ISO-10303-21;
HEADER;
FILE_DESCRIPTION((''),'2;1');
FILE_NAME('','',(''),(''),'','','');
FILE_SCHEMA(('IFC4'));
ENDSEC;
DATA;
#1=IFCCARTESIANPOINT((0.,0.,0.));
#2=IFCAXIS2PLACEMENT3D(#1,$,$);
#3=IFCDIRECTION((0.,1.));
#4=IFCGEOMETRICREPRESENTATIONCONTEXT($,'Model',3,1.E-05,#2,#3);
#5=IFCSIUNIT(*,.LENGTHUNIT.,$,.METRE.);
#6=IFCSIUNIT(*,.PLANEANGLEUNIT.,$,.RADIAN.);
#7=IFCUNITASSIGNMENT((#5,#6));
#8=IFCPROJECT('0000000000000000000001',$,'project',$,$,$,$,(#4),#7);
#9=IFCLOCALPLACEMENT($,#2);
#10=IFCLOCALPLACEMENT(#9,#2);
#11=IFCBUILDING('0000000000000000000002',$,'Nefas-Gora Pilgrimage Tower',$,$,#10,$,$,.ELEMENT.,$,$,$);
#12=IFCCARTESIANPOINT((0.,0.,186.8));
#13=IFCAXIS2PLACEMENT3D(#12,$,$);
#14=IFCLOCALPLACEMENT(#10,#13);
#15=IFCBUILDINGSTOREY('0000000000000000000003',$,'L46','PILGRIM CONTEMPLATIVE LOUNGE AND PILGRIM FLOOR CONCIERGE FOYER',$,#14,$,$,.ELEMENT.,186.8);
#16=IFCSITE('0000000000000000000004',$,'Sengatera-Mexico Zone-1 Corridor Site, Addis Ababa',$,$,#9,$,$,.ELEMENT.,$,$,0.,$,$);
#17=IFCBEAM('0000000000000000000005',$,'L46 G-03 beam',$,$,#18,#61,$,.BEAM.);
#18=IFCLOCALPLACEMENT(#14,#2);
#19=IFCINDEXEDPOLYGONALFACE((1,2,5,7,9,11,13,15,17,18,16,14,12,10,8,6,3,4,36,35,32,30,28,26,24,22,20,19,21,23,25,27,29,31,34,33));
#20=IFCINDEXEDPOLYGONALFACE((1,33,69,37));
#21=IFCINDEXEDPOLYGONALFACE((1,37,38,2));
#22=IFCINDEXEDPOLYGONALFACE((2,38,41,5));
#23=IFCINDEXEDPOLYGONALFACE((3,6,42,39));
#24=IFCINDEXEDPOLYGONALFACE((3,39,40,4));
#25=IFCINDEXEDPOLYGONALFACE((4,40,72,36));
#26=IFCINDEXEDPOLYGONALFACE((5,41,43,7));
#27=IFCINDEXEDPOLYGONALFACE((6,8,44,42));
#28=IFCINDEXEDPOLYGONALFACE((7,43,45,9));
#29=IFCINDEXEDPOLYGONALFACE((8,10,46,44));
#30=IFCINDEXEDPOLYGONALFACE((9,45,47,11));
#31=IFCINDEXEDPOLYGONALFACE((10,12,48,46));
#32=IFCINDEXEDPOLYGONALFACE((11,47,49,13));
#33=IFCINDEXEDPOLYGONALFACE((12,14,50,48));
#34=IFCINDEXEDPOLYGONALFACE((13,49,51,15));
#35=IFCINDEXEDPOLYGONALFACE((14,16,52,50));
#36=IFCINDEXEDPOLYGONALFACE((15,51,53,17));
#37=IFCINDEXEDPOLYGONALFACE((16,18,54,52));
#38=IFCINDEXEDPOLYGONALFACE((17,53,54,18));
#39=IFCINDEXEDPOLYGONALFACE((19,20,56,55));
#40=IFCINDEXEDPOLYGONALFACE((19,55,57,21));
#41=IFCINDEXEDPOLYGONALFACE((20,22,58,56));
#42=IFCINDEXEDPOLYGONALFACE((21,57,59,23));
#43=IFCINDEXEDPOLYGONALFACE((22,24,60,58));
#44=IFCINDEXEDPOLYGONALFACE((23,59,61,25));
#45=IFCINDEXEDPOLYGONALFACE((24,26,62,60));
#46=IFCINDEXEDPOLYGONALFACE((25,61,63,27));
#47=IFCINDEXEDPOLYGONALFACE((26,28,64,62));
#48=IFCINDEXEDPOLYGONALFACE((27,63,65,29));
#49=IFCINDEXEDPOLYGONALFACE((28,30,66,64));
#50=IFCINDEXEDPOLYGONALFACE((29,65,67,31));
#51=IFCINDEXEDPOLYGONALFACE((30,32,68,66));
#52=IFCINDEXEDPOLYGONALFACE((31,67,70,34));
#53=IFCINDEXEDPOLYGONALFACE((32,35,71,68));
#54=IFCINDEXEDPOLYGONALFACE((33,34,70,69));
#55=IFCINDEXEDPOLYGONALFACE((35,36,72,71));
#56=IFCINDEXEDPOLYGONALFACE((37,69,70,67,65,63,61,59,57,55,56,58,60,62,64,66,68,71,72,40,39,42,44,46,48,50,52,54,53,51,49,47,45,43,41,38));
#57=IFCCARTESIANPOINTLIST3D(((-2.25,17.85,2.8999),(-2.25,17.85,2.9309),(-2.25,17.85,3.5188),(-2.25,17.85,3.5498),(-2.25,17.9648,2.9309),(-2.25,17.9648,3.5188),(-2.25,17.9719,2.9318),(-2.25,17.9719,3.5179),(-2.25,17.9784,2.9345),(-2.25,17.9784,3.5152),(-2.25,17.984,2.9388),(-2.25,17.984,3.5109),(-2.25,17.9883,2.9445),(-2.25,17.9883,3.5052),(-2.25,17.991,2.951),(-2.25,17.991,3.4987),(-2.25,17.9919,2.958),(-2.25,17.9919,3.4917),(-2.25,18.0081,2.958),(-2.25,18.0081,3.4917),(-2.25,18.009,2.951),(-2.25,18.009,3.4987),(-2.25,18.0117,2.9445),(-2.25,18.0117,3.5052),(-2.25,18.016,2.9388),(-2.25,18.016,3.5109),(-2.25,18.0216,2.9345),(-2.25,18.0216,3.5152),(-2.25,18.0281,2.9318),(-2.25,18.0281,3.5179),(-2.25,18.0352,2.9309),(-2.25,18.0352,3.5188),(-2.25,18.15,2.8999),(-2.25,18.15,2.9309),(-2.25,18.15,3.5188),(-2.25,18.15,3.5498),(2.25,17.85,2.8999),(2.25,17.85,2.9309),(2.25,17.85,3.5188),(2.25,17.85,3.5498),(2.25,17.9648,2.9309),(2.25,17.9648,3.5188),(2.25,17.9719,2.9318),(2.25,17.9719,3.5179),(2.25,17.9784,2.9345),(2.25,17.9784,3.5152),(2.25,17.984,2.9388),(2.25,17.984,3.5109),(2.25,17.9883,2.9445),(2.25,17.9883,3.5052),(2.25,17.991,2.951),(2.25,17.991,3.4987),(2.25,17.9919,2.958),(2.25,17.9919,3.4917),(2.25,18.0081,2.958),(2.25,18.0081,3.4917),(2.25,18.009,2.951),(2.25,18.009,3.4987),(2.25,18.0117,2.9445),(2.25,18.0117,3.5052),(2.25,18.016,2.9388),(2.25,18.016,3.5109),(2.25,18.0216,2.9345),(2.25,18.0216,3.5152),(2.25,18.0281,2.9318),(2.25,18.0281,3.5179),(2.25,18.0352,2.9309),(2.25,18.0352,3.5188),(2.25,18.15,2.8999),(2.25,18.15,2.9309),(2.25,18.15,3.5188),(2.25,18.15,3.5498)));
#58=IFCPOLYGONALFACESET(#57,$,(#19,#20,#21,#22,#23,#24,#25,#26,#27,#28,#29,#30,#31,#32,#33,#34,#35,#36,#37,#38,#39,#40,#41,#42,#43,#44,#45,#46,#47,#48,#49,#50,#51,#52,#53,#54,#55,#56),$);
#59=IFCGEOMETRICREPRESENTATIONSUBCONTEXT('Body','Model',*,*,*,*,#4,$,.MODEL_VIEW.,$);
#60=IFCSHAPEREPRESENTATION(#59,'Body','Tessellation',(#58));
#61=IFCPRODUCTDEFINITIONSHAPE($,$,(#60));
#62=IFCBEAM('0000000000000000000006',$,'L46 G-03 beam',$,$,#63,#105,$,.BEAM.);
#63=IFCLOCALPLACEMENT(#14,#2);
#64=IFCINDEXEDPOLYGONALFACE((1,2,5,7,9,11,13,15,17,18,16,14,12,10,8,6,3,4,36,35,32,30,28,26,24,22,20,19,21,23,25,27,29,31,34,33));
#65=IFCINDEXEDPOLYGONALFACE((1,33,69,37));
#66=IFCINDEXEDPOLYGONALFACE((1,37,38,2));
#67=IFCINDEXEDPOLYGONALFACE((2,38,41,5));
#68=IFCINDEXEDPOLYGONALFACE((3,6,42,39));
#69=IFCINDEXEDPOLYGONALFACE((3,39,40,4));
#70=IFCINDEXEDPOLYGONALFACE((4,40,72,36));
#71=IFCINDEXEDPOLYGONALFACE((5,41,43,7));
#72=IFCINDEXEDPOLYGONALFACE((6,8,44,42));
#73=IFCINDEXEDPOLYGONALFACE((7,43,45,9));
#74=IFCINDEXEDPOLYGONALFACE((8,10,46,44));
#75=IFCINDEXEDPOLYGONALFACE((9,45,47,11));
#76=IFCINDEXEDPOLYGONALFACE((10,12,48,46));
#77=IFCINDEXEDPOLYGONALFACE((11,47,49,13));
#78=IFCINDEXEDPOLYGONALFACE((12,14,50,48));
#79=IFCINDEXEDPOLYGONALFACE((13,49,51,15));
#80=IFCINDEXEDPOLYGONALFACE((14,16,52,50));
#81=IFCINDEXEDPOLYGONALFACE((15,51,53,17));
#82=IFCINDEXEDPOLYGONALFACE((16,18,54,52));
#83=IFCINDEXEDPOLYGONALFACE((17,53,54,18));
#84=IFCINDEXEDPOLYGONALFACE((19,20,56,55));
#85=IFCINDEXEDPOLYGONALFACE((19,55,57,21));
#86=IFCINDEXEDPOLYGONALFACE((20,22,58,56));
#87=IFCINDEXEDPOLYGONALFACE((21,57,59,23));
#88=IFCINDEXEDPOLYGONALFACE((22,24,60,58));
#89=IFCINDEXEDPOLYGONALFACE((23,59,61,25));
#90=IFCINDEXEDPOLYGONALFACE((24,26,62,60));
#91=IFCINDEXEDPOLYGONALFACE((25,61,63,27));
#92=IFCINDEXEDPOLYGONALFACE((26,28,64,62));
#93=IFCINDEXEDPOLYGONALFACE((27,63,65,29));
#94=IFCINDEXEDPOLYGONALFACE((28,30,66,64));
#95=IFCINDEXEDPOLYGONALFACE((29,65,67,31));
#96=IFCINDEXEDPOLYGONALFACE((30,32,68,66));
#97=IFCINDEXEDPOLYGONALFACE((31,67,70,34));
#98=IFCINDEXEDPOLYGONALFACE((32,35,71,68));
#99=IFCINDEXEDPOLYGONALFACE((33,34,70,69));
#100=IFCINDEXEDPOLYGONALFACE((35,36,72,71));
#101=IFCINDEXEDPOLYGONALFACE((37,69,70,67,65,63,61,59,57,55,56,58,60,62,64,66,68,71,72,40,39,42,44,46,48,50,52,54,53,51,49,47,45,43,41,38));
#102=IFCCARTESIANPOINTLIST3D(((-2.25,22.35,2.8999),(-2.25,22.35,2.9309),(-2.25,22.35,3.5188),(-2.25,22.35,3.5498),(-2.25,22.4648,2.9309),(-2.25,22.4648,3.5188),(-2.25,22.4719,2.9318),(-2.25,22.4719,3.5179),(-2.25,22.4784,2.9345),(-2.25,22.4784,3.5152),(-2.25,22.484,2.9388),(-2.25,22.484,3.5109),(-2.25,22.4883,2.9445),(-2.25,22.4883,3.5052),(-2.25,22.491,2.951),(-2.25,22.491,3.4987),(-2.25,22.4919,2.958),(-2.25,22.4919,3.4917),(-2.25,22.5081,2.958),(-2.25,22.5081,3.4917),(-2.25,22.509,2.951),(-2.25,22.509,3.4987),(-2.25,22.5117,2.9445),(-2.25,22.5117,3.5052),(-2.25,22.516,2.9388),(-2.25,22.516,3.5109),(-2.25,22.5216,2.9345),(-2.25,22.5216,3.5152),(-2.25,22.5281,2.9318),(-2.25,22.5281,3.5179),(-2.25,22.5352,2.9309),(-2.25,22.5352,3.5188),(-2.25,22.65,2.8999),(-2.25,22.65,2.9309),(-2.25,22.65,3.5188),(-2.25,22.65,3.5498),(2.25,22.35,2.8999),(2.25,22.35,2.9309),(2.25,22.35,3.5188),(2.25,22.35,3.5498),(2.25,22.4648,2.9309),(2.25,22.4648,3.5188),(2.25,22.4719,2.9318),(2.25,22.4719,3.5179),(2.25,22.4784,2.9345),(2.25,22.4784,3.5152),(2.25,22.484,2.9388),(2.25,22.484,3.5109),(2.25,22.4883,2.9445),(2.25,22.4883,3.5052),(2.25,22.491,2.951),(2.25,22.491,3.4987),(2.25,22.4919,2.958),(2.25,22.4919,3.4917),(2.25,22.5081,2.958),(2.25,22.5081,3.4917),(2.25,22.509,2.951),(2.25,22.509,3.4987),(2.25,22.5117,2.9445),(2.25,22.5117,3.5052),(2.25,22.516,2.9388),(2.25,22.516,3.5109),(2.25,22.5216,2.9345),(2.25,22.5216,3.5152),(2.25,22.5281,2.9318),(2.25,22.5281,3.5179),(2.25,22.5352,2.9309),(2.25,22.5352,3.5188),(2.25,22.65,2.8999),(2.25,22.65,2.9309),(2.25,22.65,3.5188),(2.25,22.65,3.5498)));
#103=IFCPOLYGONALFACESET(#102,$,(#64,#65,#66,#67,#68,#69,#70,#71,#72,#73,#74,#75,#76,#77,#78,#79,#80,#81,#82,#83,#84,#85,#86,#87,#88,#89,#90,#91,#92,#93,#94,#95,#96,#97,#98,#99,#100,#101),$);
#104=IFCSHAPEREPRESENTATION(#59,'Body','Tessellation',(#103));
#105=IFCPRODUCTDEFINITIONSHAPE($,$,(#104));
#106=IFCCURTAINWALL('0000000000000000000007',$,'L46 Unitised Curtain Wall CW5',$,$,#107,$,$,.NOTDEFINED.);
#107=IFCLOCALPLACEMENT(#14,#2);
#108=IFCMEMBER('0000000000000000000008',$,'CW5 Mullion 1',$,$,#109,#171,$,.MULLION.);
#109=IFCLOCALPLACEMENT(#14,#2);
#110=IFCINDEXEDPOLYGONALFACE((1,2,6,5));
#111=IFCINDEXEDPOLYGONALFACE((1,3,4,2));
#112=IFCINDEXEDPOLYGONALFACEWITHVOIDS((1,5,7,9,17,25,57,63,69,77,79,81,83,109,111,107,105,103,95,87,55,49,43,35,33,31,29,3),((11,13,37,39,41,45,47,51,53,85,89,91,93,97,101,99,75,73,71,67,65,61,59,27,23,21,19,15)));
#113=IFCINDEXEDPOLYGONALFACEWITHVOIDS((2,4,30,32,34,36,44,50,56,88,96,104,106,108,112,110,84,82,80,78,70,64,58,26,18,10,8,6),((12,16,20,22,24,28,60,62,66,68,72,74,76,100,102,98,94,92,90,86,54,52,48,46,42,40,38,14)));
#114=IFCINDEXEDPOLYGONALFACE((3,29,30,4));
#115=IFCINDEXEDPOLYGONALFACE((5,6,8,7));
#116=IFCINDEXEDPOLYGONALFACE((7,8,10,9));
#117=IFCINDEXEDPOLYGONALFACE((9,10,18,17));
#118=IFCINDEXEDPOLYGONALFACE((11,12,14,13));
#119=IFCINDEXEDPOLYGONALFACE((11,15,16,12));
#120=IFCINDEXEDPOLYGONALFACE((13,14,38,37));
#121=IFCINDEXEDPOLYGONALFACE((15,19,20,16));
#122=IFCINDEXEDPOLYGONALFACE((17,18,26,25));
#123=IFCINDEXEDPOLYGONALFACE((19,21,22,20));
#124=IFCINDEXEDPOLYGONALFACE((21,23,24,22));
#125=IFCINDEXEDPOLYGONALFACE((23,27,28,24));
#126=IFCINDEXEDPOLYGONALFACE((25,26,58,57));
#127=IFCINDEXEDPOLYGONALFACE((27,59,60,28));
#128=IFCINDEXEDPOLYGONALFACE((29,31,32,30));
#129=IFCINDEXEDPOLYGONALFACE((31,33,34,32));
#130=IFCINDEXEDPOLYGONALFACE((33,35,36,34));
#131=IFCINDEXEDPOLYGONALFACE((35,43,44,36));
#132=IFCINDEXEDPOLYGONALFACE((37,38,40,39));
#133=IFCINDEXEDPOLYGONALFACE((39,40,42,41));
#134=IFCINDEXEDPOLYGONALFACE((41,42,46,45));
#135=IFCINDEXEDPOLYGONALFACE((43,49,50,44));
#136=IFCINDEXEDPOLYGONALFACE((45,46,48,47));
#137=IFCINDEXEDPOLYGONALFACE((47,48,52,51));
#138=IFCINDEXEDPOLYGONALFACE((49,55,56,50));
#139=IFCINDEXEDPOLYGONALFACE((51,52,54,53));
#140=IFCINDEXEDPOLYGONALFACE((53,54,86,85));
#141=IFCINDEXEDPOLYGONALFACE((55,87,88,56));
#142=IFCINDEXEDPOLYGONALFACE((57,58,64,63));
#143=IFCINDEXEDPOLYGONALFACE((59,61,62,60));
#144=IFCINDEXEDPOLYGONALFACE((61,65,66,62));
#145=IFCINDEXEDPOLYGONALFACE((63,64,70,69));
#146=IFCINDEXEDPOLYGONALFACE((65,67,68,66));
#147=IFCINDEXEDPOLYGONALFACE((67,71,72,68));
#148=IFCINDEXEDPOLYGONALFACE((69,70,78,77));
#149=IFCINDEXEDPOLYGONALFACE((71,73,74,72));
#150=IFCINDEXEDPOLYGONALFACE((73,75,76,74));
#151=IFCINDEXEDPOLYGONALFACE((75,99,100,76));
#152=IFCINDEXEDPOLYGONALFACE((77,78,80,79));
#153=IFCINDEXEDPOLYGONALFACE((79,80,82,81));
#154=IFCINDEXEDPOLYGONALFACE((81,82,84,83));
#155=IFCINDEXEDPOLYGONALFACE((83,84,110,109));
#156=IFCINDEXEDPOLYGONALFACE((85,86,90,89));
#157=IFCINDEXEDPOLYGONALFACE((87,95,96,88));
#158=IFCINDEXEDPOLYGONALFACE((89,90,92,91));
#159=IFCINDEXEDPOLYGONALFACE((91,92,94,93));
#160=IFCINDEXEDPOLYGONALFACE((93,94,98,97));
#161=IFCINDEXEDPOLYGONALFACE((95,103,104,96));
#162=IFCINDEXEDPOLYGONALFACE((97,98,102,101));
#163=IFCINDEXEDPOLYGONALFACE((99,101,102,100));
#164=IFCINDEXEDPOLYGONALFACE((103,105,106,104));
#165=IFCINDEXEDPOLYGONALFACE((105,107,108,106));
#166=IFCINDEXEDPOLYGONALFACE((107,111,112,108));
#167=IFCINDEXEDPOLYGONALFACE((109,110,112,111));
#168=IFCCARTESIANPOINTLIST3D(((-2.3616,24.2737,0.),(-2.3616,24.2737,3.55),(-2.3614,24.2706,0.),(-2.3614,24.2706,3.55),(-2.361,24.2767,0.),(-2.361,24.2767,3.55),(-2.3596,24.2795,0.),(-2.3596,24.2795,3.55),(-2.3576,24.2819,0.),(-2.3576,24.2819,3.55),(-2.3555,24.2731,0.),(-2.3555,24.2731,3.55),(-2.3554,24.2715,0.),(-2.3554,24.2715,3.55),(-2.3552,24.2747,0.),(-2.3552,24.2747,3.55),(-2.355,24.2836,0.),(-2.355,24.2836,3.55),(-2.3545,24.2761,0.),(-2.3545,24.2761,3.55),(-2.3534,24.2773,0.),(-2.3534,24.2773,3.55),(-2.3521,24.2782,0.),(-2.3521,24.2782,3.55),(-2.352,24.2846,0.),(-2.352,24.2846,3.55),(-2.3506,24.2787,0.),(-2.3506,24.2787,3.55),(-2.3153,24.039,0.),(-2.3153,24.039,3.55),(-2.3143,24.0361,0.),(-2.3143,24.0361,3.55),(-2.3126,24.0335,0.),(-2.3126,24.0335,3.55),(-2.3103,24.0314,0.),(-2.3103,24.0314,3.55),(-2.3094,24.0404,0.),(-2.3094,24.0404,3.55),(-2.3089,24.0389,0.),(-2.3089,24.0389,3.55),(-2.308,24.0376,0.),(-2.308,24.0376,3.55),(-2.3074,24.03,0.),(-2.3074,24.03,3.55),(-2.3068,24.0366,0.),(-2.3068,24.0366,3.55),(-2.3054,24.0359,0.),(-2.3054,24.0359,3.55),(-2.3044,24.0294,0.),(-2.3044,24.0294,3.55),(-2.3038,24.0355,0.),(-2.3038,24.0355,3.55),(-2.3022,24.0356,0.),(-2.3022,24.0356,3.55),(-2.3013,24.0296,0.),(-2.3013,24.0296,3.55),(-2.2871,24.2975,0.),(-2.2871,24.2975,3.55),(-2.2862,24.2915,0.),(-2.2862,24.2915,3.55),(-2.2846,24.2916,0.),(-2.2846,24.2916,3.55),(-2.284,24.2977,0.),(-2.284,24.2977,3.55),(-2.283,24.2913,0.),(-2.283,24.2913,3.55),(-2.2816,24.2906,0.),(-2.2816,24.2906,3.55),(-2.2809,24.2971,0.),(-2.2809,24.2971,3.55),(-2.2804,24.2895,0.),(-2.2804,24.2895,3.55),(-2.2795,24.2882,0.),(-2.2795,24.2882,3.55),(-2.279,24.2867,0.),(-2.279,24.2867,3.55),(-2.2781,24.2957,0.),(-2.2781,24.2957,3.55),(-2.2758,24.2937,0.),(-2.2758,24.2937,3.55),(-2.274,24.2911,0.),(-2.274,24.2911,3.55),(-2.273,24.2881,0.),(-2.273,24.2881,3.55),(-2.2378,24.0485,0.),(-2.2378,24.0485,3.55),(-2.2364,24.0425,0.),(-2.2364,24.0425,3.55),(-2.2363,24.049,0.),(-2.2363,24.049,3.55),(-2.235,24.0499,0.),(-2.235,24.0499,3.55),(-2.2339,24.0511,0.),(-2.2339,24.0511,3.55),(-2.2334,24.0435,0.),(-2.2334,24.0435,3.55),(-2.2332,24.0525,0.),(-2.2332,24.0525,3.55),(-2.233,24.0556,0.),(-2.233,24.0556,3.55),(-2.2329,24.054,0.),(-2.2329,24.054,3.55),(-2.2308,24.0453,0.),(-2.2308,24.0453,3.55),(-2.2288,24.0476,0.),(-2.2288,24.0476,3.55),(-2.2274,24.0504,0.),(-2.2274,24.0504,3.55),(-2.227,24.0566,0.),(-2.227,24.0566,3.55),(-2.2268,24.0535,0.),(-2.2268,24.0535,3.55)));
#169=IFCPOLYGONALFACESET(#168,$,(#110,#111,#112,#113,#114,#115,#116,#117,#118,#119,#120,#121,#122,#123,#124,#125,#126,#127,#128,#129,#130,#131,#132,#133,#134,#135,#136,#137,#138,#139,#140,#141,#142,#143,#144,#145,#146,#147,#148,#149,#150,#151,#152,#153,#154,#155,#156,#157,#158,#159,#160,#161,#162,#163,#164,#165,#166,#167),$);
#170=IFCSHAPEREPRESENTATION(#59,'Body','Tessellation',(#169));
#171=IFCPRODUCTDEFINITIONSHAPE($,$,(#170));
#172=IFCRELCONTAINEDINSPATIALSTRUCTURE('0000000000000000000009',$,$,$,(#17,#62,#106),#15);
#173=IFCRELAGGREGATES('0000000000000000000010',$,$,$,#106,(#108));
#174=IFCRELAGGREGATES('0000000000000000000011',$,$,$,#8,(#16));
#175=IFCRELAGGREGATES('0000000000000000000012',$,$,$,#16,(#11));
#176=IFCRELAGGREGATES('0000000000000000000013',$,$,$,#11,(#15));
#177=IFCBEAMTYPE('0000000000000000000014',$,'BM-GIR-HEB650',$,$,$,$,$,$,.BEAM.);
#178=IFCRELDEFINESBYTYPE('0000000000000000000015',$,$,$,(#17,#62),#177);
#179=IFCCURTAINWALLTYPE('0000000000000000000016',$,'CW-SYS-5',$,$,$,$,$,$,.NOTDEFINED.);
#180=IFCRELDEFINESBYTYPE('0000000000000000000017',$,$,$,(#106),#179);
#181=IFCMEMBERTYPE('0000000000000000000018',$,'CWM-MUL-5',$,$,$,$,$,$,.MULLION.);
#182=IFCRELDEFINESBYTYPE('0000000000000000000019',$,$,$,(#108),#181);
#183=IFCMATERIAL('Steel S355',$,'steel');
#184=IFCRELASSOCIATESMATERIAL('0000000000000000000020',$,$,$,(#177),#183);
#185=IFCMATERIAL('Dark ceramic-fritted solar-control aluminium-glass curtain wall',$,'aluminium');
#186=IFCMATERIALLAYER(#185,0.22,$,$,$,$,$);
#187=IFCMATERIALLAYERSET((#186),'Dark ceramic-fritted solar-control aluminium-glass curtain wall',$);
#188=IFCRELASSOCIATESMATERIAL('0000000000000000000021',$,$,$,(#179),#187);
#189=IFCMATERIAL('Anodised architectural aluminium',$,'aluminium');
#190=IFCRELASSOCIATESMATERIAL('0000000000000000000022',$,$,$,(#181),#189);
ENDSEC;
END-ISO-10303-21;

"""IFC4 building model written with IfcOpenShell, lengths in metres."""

from ifc_helpers import new_model, si_unit, direction, frame, origin, origin_2d, place, context, subcontext, project, spatial, hollow_rectangle, i_section, extrude, source, transform, mapped, material, layer, layer_set, material_profile, profile_set, type_object, element, aggregate, save


model = new_model("IFC4")

# Units and contexts
model_context = context("Model", 3, precision=1e-05, world=origin(), true_north=direction((0.0, 1.0)))
body_context = subcontext(model_context, "Body", "Model", "MODEL_VIEW")
ifc_project = project(units=[si_unit("LENGTHUNIT", "METRE"), si_unit("PLANEANGLEUNIT", "RADIAN")], contexts=[model_context])

# Site, building, storey
site_placement = place(None, origin())
site = spatial("IfcSite", under=ifc_project, at=site_placement, Name="Sengatera-Mexico Zone-1 Corridor Site, Addis Ababa", CompositionType="ELEMENT", RefElevation=0.0)
building_placement = place(site_placement, origin())
building = spatial("IfcBuilding", under=site, at=building_placement, Name="Nefas-Gora Pilgrimage Tower", CompositionType="ELEMENT")
storey_placement = place(building_placement, frame((0.0, 0.0, 186.8)))
storey = spatial("IfcBuildingStorey", under=building, at=storey_placement, Name="L46", Description="PILGRIM CONTEMPLATIVE LOUNGE AND PILGRIM FLOOR CONCIERGE FOYER", CompositionType="ELEMENT", Elevation=186.8)

# Beams
ifc_material_1 = material(Name="Steel S355", Category="steel")
ifc_material_profile_1 = material_profile(ifc_material_1, i_section(OverallWidth=0.3, OverallDepth=0.6499, WebThickness=0.0161, FlangeThickness=0.031, FilletRadius=0.0271, at=origin_2d()), Name="HEB 650")
ifc_profile_set_1 = profile_set([ifc_material_profile_1], Name="Steel S355")
beam_type = type_object("IfcBeamType", Name="BM-GIR-HEB650", PredefinedType="BEAM", material=ifc_profile_set_1)
shared_shape_1 = source(origin(), body_context, "Body", "SweptSolid", [
    extrude(i_section(OverallWidth=0.3, OverallDepth=0.6499, WebThickness=0.0161, FlangeThickness=0.031, FilletRadius=0.0271, at=origin_2d()), origin(), (0.0, 0.0, 1.0), 4.5),
])
for number, where, z_axis, x_axis, name in (
    (1, (-2.25, 18.0, 3.2249), (1.0, 0.0, 0.0), (0.0, 1.0, 0.0), "L46 G-03 beam"),
    (2, (-2.25, 22.5, 3.2249), (1.0, 0.0, 0.0), (0.0, 1.0, 0.0), "L46 G-03 beam"),
):
    element("IfcBeam", number, at=place(storey_placement, frame(where, z_axis=z_axis, x_axis=x_axis)), inside=storey, type_object=beam_type, Name=name, PredefinedType="BEAM", context=body_context, shape_type="MappedRepresentation", body=[
        mapped(shared_shape_1, transform((0.0, 0.0, 0.0), x_axis=(1.0, 0.0, 0.0), y_axis=(0.0, 1.0, 0.0), z_axis=(0.0, 0.0, 1.0), scale=1.0)),
    ])

# Curtain wall, member
ifc_material_2 = material(Name="Dark ceramic-fritted solar-control aluminium-glass curtain wall", Category="aluminium")
ifc_layer_1 = layer(ifc_material_2, 0.22)
ifc_layer_set_1 = layer_set([ifc_layer_1], Name="Dark ceramic-fritted solar-control aluminium-glass curtain wall")
curtain_wall_type = type_object("IfcCurtainWallType", Name="CW-SYS-5", PredefinedType="NOTDEFINED", material=ifc_layer_set_1)
curtain_wall_1_placement = place(storey_placement, origin())
curtain_wall_1 = element("IfcCurtainWall", 3, at=curtain_wall_1_placement, inside=storey, type_object=curtain_wall_type, Name="L46 Unitised Curtain Wall CW5", PredefinedType="NOTDEFINED")
ifc_material_3 = material(Name="Anodised architectural aluminium", Category="aluminium")
ifc_material_profile_2 = material_profile(ifc_material_3, hollow_rectangle(XDim=0.0901, YDim=0.26, WallThickness=0.0061, InnerFilletRadius=0.0061, OuterFilletRadius=0.012, at=origin_2d()), Name="ALU MULLION 90x260")
ifc_profile_set_2 = profile_set([ifc_material_profile_2], Name="Anodised architectural aluminium")
member_type_1 = type_object("IfcMemberType", Name="CWM-MUL-5", PredefinedType="MULLION", material=ifc_profile_set_2)
shared_shape_2 = source(origin(), body_context, "Body", "SweptSolid", [
    extrude(hollow_rectangle(XDim=0.0901, YDim=0.26, WallThickness=0.0061, InnerFilletRadius=0.0061, OuterFilletRadius=0.012, at=origin_2d()), origin(), (0.0, 0.0, 1.0), 3.55),
])
member_1_placement = place(storey_placement, frame((-2.2942, 24.1636, 0.0), z_axis=(0.0, 0.0, 1.0), x_axis=(-0.980783, -0.195102, 0.0)))
member_1 = element("IfcMember", 4, at=member_1_placement, type_object=member_type_1, Name="CW5 Mullion 1", PredefinedType="MULLION", context=body_context, shape_type="MappedRepresentation", body=[
    mapped(shared_shape_2, transform((0.0, 0.0, 0.0), x_axis=(1.0, 0.0, 0.0), y_axis=(0.0, 1.0, 0.0), z_axis=(0.0, 0.0, 1.0), scale=1.0)),
])

aggregate(curtain_wall_1, [member_1])

save(model, "model.ifc")
